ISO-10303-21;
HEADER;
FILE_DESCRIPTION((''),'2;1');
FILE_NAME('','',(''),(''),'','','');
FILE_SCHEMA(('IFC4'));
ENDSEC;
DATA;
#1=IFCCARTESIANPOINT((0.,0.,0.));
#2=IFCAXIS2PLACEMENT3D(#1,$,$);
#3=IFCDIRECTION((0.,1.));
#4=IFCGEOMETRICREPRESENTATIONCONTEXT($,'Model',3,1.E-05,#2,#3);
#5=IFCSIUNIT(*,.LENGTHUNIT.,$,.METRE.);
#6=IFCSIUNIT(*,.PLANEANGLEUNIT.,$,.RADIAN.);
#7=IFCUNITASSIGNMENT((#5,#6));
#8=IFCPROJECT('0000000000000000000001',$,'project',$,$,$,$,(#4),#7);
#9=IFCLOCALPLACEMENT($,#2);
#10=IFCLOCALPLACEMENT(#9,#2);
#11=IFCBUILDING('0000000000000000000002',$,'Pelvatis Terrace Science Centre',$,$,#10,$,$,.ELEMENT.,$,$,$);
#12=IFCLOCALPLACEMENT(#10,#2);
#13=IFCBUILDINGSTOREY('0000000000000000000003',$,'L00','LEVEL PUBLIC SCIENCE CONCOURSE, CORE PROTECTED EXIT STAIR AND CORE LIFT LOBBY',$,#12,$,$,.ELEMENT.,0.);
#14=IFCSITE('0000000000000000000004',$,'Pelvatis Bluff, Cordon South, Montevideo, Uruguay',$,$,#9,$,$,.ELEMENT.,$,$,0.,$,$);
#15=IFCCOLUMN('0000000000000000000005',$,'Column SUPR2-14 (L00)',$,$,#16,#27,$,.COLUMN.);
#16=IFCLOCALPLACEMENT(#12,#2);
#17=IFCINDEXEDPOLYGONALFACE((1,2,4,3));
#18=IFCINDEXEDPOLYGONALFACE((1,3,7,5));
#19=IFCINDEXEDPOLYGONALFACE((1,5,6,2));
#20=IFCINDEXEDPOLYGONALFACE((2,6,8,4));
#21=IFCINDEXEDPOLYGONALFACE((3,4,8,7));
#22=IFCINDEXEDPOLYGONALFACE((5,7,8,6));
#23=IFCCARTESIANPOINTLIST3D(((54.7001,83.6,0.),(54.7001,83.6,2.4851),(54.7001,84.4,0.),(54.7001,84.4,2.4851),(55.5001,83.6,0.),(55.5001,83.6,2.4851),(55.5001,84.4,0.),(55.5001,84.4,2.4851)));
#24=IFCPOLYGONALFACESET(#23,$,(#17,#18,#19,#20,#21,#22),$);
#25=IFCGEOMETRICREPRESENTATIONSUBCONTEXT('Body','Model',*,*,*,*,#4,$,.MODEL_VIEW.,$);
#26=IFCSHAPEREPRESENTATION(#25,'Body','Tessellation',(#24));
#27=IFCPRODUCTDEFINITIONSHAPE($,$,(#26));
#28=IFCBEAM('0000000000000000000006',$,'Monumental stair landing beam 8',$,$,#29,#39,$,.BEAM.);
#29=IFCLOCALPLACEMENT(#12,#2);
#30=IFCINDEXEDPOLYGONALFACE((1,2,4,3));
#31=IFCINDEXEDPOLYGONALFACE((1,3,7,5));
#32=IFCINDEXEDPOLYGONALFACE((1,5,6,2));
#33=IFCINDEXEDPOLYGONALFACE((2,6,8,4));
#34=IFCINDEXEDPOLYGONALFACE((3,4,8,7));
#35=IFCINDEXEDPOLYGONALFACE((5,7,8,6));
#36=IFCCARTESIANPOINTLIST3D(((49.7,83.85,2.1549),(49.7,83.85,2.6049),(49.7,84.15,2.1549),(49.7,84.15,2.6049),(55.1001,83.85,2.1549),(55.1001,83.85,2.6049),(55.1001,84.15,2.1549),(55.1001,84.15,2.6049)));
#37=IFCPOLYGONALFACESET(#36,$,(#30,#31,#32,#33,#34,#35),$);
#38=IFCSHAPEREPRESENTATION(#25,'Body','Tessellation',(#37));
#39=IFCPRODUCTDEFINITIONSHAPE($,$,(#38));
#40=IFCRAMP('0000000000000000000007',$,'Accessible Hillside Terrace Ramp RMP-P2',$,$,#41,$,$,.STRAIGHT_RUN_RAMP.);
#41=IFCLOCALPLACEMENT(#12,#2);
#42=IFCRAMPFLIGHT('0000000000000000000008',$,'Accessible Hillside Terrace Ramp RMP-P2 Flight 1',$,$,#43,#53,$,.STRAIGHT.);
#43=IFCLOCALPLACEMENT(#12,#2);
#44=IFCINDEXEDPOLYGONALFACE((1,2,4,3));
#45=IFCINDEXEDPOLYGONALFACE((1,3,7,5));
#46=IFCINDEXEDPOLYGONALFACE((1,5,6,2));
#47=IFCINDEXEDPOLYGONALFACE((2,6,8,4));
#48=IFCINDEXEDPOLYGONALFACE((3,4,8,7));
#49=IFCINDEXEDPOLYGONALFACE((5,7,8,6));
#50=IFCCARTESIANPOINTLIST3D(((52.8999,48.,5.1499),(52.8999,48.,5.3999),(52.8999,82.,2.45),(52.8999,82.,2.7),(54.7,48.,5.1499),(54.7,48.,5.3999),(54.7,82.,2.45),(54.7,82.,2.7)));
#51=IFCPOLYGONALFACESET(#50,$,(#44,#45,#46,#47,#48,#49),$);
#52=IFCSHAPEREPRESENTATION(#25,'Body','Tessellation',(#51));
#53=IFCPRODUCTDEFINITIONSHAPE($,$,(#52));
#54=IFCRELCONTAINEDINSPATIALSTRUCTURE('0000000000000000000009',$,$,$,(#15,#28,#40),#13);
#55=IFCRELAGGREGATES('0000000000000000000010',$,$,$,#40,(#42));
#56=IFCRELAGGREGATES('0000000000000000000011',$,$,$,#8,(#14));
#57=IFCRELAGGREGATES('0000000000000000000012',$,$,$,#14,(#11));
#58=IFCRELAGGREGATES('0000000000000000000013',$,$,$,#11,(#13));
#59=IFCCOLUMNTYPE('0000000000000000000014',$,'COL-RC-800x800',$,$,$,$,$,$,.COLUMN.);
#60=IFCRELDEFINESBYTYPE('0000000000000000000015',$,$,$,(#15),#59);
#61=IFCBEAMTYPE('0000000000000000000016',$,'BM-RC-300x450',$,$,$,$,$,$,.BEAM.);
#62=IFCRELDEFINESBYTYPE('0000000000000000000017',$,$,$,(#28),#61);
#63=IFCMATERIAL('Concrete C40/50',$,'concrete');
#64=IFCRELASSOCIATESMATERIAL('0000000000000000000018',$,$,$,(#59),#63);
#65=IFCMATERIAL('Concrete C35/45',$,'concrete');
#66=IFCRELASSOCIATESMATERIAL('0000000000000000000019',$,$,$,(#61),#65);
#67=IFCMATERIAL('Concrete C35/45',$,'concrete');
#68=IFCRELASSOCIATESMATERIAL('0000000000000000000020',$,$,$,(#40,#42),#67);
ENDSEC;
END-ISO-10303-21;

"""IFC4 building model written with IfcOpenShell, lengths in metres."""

from ifc_helpers import new_model, si_unit, direction, frame, origin, origin_2d, place, context, subcontext, project, spatial, polyline, rectangle, outline, extrude, material, material_profile, profile_set, type_object, element, aggregate, save


model = new_model("IFC4")

# Units and contexts
model_context = context("Model", 3, precision=1e-05, world=origin(), true_north=direction((0.0, 1.0)))
body_context = subcontext(model_context, "Body", "Model", "MODEL_VIEW")
ifc_project = project(units=[si_unit("LENGTHUNIT", "METRE"), si_unit("PLANEANGLEUNIT", "RADIAN")], contexts=[model_context])

# Site, building, storey
site_placement = place(None, origin())
site = spatial("IfcSite", under=ifc_project, at=site_placement, Name="Pelvatis Bluff, Cordon South, Montevideo, Uruguay", CompositionType="ELEMENT", RefElevation=0.0)
building_placement = place(site_placement, origin())
building = spatial("IfcBuilding", under=site, at=building_placement, Name="Pelvatis Terrace Science Centre", CompositionType="ELEMENT")
storey_placement = place(building_placement, origin())
storey = spatial("IfcBuildingStorey", under=building, at=storey_placement, Name="L00", Description="LEVEL PUBLIC SCIENCE CONCOURSE, CORE PROTECTED EXIT STAIR AND CORE LIFT LOBBY", CompositionType="ELEMENT", Elevation=0.0)

# Column
ifc_material_1 = material(Name="Concrete C40/50", Category="concrete")
ifc_material_profile_1 = material_profile(ifc_material_1, rectangle(XDim=0.8, YDim=0.8, at=origin_2d()), Name="RC-COL 800x800")
ifc_profile_set_1 = profile_set([ifc_material_profile_1], Name="Concrete C40/50")
column_type = type_object("IfcColumnType", Name="COL-RC-800x800", PredefinedType="COLUMN", material=ifc_profile_set_1)
for number, where, z_axis, x_axis, name in (
    (1, (55.1001, 84.0, 0.0), (0.0, 0.0, 1.0), (1.0, 0.0, 0.0), "Column SUPR2-14 (L00)"),
):
    element("IfcColumn", number, at=place(storey_placement, frame(where, z_axis=z_axis, x_axis=x_axis)), inside=storey, type_object=column_type, Name=name, PredefinedType="COLUMN", context=body_context, shape_type="SweptSolid", body=[
        extrude(rectangle(XDim=0.8, YDim=0.8, at=origin_2d()), origin(), (0.0, 0.0, 1.0), 2.4851),
    ])

# Beam
ifc_material_2 = material(Name="Concrete C35/45", Category="concrete")
ifc_material_profile_2 = material_profile(ifc_material_2, rectangle(XDim=0.3, YDim=0.45, at=origin_2d()), Name="RC-BM 300x450")
ifc_profile_set_2 = profile_set([ifc_material_profile_2], Name="Concrete C35/45")
beam_type = type_object("IfcBeamType", Name="BM-RC-300x450", PredefinedType="BEAM", material=ifc_profile_set_2)
beam_placement = place(storey_placement, frame((49.7, 84.0, 2.3799), z_axis=(1.0, 0.0, 0.0), x_axis=(0.0, 1.0, 0.0)))
element("IfcBeam", 2, at=beam_placement, inside=storey, type_object=beam_type, Name="Monumental stair landing beam 8", PredefinedType="BEAM", context=body_context, shape_type="SweptSolid", body=[
    extrude(rectangle(XDim=0.3, YDim=0.45, at=origin_2d()), origin(), (0.0, 0.0, 1.0), 5.4001),
])

# Ramp, ramp flight
ifc_material_3 = material(Name="Concrete C35/45", Category="concrete")
ramp_placement = place(storey_placement, origin())
ramp = element("IfcRamp", 3, at=ramp_placement, inside=storey, material=ifc_material_3, Name="Accessible Hillside Terrace Ramp RMP-P2", PredefinedType="STRAIGHT_RUN_RAMP")
ramp_flight_placement = place(storey_placement, frame((53.8, 82.0, 2.7), z_axis=(0.0, 0.0, 1.0), x_axis=(0.0, -1.0, 0.0)))
ramp_flight = element("IfcRampFlight", 4, at=ramp_flight_placement, material=ifc_material_3, Name="Accessible Hillside Terrace Ramp RMP-P2 Flight 1", PredefinedType="STRAIGHT", context=body_context, shape_type="SweptSolid", body=[
    extrude(outline(polyline([(0.0, 0.0), (34.0, 2.7), (34.0, 2.45), (0.0, -0.25), (0.0, 0.0)])), frame((0.0, 0.8999, 0.0), z_axis=(0.0, -1.0, 0.0), x_axis=(1.0, 0.0, 0.0)), (0.0, 0.0, 1.0), 1.8),
])
aggregate(ramp, [ramp_flight])

save(model, "model.ifc")
